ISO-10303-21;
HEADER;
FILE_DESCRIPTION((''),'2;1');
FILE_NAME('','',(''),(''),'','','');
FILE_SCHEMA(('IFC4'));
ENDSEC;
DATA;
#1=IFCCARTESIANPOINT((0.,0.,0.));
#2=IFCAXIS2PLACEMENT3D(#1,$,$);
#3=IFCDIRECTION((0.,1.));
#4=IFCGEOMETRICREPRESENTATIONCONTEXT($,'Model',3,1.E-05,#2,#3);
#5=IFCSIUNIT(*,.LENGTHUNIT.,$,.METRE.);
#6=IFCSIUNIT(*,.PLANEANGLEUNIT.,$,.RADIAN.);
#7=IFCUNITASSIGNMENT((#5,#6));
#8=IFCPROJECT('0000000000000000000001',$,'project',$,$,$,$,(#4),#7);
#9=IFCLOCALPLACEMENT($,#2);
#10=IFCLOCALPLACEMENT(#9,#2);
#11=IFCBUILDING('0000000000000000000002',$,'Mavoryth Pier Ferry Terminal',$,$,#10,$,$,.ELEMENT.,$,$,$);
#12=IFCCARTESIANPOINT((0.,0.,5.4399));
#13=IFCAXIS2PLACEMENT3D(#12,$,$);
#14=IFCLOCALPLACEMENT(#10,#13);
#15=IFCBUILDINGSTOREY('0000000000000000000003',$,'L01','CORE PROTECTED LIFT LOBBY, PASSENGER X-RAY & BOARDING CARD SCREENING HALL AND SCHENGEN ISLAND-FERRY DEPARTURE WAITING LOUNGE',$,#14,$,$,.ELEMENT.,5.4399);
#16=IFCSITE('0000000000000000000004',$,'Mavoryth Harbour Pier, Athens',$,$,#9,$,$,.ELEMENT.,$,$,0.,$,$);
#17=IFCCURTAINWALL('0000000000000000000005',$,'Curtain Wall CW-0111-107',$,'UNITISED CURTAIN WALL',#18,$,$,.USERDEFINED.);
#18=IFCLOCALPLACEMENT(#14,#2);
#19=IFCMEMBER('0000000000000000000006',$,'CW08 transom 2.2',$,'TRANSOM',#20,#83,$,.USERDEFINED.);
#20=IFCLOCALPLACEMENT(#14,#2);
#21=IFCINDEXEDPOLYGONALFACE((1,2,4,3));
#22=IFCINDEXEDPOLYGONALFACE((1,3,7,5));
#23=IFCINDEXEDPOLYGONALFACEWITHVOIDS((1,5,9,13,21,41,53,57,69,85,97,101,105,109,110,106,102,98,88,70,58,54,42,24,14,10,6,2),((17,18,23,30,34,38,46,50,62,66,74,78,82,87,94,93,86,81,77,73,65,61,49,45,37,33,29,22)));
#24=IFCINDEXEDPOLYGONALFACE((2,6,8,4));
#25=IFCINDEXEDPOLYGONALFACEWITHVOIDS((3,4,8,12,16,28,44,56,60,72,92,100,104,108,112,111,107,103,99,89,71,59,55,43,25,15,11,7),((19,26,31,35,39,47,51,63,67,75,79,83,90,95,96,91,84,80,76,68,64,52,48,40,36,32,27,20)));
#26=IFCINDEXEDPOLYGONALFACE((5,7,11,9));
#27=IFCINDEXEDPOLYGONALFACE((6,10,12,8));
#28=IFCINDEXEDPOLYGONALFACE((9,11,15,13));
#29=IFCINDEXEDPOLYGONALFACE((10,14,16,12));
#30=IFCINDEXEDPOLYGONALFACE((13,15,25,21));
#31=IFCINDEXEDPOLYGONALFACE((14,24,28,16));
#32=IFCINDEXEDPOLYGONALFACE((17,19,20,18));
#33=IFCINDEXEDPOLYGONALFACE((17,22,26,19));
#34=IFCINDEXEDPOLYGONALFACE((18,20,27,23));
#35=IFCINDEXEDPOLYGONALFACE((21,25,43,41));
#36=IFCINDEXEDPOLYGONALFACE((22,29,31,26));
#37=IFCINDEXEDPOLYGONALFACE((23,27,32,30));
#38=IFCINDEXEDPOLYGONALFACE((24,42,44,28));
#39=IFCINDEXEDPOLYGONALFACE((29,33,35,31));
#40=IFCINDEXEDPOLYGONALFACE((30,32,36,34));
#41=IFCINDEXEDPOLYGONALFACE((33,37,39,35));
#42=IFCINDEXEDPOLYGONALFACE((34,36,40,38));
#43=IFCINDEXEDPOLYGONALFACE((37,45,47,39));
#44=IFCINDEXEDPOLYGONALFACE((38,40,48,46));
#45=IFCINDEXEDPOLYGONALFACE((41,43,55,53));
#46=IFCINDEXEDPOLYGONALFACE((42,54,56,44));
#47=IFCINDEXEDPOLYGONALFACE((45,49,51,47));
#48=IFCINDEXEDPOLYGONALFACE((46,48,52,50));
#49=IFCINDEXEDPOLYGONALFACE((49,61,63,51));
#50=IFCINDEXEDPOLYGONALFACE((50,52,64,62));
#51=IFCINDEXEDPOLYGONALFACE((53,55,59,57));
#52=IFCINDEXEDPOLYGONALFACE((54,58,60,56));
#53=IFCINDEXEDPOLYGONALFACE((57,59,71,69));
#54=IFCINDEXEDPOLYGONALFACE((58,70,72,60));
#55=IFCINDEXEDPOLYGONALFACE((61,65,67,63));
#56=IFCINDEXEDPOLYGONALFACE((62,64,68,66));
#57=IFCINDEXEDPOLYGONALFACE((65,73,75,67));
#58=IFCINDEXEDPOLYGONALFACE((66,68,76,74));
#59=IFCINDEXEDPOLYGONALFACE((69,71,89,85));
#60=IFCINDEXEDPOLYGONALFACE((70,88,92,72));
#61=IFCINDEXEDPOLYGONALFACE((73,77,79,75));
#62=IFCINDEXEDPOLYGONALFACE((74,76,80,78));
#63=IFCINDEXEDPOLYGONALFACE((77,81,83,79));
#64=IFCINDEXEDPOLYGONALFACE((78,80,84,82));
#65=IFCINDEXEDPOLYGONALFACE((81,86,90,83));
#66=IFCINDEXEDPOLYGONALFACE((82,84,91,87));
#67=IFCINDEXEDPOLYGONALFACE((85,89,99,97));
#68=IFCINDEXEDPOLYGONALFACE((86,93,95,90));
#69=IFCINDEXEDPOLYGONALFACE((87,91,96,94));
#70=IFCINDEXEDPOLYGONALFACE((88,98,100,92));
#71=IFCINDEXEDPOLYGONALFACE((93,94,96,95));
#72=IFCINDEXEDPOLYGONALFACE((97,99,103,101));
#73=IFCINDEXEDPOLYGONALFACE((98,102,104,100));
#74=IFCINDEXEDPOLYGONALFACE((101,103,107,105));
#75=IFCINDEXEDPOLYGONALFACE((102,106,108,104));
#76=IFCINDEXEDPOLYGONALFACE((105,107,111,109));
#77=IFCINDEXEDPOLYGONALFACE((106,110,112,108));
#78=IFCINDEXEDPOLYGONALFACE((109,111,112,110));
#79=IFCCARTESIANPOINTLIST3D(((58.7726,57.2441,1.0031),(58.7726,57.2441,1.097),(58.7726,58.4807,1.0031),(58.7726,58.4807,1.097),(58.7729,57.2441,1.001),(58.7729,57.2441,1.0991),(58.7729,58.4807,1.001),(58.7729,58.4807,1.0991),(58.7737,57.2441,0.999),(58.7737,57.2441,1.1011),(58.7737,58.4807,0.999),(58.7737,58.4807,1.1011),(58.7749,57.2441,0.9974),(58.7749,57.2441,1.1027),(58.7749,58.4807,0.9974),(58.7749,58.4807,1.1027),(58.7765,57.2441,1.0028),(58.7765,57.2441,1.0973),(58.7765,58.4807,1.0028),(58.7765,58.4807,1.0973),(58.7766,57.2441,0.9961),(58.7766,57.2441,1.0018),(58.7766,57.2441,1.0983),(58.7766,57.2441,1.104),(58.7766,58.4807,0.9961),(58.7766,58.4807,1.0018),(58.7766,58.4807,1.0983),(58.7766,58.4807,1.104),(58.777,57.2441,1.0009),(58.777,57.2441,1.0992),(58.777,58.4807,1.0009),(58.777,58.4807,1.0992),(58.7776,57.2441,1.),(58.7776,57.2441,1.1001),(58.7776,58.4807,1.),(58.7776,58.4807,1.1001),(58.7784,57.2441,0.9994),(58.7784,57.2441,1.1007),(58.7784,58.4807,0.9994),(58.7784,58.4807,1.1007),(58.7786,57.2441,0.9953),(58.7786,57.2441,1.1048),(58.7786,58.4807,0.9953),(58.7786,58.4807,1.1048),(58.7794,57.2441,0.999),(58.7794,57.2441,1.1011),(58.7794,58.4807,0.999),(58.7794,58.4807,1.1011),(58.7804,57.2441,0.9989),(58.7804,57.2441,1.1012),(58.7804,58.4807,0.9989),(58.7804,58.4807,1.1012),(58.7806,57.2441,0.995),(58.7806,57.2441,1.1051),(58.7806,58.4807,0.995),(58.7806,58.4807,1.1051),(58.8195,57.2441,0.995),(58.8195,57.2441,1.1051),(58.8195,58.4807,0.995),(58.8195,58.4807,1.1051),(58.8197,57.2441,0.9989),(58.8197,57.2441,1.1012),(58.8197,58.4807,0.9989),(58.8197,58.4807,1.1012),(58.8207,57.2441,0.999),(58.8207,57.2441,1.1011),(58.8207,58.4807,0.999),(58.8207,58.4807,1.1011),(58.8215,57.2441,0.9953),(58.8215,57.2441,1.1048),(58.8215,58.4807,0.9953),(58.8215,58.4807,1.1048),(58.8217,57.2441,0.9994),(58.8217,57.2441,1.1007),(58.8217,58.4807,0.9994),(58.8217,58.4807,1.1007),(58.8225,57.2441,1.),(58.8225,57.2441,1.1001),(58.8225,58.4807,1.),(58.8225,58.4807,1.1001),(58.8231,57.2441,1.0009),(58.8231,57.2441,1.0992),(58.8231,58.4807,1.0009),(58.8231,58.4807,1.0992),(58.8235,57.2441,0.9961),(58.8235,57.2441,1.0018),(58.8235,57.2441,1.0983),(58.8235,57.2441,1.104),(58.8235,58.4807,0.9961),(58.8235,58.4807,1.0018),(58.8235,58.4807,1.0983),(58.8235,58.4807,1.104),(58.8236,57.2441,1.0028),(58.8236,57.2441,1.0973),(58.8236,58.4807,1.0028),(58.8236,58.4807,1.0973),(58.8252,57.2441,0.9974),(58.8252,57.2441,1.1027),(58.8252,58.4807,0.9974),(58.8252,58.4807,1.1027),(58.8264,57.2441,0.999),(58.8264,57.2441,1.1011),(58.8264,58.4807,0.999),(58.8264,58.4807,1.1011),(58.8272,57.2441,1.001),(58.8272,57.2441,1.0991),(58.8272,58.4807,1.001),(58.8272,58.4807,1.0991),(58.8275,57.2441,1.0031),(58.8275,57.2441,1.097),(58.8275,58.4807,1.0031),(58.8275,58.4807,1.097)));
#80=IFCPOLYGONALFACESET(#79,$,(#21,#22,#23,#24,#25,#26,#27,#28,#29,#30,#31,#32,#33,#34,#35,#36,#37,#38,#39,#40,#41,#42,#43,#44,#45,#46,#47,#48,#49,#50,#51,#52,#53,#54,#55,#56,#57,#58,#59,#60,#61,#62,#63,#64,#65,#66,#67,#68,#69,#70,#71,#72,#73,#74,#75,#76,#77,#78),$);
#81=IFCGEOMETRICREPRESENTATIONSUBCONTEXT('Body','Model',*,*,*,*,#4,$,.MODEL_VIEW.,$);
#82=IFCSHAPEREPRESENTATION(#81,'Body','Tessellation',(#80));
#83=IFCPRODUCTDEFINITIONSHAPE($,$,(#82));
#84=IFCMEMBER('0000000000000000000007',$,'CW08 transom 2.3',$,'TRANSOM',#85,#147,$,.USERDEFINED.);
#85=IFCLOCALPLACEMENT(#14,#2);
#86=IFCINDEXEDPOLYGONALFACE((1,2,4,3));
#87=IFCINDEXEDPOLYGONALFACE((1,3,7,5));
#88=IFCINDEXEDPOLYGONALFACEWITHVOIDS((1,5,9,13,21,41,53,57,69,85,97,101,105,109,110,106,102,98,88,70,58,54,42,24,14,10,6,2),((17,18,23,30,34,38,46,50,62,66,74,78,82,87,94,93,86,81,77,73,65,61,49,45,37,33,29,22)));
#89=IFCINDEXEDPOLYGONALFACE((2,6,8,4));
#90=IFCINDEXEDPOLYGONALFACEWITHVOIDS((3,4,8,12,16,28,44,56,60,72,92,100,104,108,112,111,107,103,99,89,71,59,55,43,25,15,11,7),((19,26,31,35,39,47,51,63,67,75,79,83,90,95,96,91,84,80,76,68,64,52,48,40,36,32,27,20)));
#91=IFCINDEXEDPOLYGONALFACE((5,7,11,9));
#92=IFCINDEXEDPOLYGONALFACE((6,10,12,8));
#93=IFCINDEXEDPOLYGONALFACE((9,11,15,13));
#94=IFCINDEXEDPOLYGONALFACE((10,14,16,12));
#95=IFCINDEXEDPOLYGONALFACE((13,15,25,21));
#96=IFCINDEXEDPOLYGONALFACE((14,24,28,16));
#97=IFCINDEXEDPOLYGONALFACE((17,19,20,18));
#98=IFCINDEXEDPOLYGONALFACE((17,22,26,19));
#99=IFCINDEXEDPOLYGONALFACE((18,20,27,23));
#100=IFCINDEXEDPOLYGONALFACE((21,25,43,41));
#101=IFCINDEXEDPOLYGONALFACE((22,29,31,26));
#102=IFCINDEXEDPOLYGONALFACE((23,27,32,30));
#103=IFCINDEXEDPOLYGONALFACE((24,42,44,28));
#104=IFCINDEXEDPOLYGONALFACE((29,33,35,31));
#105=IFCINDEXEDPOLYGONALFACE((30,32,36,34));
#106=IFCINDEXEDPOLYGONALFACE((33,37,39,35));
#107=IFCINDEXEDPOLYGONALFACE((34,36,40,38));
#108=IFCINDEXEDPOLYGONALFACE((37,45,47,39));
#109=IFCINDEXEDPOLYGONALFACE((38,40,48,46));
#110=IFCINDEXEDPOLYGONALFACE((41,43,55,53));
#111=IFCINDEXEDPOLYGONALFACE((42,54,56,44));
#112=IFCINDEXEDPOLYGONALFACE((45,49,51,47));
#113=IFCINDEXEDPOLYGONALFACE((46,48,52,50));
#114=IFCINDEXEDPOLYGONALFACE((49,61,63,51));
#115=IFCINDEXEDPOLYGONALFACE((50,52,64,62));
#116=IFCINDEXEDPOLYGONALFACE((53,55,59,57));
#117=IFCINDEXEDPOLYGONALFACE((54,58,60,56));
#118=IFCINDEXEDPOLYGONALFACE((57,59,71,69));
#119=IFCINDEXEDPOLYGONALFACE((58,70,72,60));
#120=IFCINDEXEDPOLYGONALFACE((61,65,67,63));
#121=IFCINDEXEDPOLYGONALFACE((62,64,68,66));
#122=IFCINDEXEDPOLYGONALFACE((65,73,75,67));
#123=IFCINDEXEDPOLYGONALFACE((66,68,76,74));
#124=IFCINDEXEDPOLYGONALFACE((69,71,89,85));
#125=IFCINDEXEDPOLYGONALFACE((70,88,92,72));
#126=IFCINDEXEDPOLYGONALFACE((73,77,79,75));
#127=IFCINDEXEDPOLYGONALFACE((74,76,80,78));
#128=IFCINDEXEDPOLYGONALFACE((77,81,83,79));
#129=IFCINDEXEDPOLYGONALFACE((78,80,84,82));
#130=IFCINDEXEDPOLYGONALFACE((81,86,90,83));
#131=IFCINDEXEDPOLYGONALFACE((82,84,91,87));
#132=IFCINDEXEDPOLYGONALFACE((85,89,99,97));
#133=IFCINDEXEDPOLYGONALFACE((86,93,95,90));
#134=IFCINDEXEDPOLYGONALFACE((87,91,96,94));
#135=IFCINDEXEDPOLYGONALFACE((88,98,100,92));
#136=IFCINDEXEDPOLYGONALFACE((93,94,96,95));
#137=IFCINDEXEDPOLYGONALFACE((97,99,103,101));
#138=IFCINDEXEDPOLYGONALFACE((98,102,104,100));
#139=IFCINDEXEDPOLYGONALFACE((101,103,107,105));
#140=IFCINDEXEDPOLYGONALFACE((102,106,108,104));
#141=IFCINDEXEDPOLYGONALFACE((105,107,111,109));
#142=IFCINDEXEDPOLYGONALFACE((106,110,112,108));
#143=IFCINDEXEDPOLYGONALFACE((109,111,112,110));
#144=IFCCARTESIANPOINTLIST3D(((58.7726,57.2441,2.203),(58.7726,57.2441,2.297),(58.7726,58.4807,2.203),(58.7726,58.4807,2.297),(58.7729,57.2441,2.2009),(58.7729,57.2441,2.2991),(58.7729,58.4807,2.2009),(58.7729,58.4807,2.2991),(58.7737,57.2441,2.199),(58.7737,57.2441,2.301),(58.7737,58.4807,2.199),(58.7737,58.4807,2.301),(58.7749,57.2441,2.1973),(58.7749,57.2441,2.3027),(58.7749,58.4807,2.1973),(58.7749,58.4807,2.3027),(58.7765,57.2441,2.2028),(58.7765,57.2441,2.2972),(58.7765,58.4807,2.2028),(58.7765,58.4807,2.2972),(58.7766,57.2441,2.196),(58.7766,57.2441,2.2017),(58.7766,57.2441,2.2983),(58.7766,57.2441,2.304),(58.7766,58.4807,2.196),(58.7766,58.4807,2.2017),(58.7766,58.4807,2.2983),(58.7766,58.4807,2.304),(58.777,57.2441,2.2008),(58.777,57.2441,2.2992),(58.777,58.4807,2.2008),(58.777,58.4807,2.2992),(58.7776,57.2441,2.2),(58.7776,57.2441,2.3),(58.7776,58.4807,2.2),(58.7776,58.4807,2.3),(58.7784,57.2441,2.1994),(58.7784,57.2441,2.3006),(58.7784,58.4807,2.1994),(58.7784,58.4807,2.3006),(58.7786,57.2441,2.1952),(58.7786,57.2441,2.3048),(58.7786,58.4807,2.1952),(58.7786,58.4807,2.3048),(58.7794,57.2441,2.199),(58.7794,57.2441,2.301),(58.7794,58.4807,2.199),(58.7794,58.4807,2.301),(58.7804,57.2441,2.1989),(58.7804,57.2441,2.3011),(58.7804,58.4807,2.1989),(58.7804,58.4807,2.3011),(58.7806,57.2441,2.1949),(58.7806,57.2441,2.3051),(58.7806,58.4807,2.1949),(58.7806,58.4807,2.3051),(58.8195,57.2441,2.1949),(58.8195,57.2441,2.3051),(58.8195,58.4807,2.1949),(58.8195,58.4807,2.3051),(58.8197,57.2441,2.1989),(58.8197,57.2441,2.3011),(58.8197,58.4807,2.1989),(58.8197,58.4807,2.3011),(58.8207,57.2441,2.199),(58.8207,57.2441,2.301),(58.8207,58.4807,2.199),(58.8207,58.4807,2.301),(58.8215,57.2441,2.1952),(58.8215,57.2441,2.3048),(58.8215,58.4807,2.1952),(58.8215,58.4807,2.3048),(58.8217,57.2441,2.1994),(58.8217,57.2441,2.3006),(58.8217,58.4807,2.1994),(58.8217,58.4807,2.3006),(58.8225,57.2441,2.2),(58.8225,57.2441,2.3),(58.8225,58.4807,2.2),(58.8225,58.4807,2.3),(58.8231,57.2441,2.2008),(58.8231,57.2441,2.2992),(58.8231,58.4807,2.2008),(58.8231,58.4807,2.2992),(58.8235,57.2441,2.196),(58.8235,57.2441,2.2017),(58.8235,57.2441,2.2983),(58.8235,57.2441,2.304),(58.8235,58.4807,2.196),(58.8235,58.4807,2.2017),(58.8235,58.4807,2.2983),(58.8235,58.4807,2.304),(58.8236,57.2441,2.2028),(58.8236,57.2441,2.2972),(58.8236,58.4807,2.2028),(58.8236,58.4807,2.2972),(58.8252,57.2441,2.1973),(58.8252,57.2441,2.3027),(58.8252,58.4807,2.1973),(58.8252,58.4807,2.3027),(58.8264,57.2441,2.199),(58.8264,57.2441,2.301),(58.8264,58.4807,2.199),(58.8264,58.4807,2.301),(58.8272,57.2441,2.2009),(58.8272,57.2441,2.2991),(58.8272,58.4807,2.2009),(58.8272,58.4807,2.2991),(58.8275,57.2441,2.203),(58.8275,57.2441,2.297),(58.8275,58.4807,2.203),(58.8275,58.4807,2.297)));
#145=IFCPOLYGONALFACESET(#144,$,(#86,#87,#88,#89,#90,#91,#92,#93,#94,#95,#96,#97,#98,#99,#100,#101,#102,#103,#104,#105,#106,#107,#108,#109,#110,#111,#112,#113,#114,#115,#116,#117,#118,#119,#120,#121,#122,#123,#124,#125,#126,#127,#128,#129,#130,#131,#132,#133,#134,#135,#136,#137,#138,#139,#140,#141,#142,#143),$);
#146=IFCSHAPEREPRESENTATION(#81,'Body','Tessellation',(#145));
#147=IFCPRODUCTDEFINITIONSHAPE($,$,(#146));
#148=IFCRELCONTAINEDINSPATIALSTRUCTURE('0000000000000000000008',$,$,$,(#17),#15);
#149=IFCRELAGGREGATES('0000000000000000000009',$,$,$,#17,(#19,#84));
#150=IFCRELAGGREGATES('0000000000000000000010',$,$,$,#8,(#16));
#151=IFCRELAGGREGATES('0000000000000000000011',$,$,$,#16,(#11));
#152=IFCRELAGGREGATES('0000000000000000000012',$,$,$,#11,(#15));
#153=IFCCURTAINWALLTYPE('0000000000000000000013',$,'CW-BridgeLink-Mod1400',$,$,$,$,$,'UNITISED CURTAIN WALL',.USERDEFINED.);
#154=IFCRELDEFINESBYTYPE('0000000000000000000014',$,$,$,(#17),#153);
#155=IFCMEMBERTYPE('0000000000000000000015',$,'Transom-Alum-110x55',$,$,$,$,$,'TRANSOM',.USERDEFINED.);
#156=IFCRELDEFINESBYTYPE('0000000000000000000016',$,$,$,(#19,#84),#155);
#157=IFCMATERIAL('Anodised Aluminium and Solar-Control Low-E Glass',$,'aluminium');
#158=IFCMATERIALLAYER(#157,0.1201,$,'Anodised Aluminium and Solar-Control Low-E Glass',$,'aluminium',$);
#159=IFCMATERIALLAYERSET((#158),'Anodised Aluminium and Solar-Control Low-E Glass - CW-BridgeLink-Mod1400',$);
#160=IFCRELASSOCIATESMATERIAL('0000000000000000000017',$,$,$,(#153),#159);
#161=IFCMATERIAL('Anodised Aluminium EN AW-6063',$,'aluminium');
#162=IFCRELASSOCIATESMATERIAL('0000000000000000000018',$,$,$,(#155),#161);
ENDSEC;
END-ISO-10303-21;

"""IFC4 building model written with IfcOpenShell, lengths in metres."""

from ifc_helpers import new_model, si_unit, direction, frame, origin, origin_2d, place, context, subcontext, project, spatial, hollow_rectangle, extrude, material, layer, layer_set, material_profile, profile_set, type_object, element, aggregate, save


model = new_model("IFC4")

# Units and contexts
model_context = context("Model", 3, precision=1e-05, world=origin(), true_north=direction((0.0, 1.0)))
body_context = subcontext(model_context, "Body", "Model", "MODEL_VIEW")
ifc_project = project(units=[si_unit("LENGTHUNIT", "METRE"), si_unit("PLANEANGLEUNIT", "RADIAN")], contexts=[model_context])

# Site, building, storey
site_placement = place(None, origin())
site = spatial("IfcSite", under=ifc_project, at=site_placement, Name="Mavoryth Harbour Pier, Athens", CompositionType="ELEMENT", RefElevation=0.0)
building_placement = place(site_placement, origin())
building = spatial("IfcBuilding", under=site, at=building_placement, Name="Mavoryth Pier Ferry Terminal", CompositionType="ELEMENT")
storey_placement = place(building_placement, frame((0.0, 0.0, 5.4399)))
storey = spatial("IfcBuildingStorey", under=building, at=storey_placement, Name="L01", Description="CORE PROTECTED LIFT LOBBY, PASSENGER X-RAY & BOARDING CARD SCREENING HALL AND SCHENGEN ISLAND-FERRY DEPARTURE WAITING LOUNGE", CompositionType="ELEMENT", Elevation=5.4399)

# Shared definitions
ifc_material_1 = material(Name="Anodised Aluminium and Solar-Control Low-E Glass", Category="aluminium")
ifc_layer_1 = layer(ifc_material_1, 0.1201, Name="Anodised Aluminium and Solar-Control Low-E Glass", Category="aluminium")
ifc_layer_set_1 = layer_set([ifc_layer_1], Name="Anodised Aluminium and Solar-Control Low-E Glass - CW-BridgeLink-Mod1400")
curtain_wall_type = type_object("IfcCurtainWallType", Name="CW-BridgeLink-Mod1400", ElementType="UNITISED CURTAIN WALL", PredefinedType="USERDEFINED", material=ifc_layer_set_1)
ifc_material_2 = material(Name="Anodised Aluminium EN AW-6063", Category="aluminium")

# Curtain wall
curtain_wall_1_placement = place(storey_placement, origin())
curtain_wall_1 = element("IfcCurtainWall", 1, at=curtain_wall_1_placement, inside=storey, type_object=curtain_wall_type, Name="Curtain Wall CW-0111-107", ObjectType="UNITISED CURTAIN WALL", PredefinedType="USERDEFINED")

# Members
ifc_material_profile_1 = material_profile(ifc_material_2, hollow_rectangle(XDim=0.0549, YDim=0.1101, WallThickness=0.0039, InnerFilletRadius=0.0039, OuterFilletRadius=0.0081, at=origin_2d()), Name="AL-TRAN 110x55x4", Category="aluminium")
ifc_profile_set_1 = profile_set([ifc_material_profile_1], Name="Anodised Aluminium EN AW-6063 - AL-TRAN 110x55x4")
member_type_1 = type_object("IfcMemberType", Name="Transom-Alum-110x55", ElementType="TRANSOM", PredefinedType="USERDEFINED", material=ifc_profile_set_1)
member_1_placement = place(storey_placement, frame((58.8, 57.2441, 1.05), z_axis=(0.0, 1.0, 0.0), x_axis=(-1.0, 0.0, 0.0)))
member_1 = element("IfcMember", 2, at=member_1_placement, type_object=member_type_1, Name="CW08 transom 2.2", ObjectType="TRANSOM", PredefinedType="USERDEFINED", context=body_context, shape_type="SweptSolid", body=[
    extrude(hollow_rectangle(XDim=0.0549, YDim=0.1101, WallThickness=0.0039, InnerFilletRadius=0.0039, OuterFilletRadius=0.0081, at=origin_2d()), origin(), (0.0, 0.0, 1.0), 1.2366),
])
member_2_placement = place(storey_placement, frame((58.8, 57.2441, 2.25), z_axis=(0.0, 1.0, 0.0), x_axis=(-1.0, 0.0, 0.0)))
member_2 = element("IfcMember", 3, at=member_2_placement, type_object=member_type_1, Name="CW08 transom 2.3", ObjectType="TRANSOM", PredefinedType="USERDEFINED", context=body_context, shape_type="SweptSolid", body=[
    extrude(hollow_rectangle(XDim=0.0549, YDim=0.1101, WallThickness=0.0039, InnerFilletRadius=0.0039, OuterFilletRadius=0.0081, at=origin_2d()), origin(), (0.0, 0.0, 1.0), 1.2366),
])

aggregate(curtain_wall_1, [member_1, member_2])

save(model, "model.ifc")
